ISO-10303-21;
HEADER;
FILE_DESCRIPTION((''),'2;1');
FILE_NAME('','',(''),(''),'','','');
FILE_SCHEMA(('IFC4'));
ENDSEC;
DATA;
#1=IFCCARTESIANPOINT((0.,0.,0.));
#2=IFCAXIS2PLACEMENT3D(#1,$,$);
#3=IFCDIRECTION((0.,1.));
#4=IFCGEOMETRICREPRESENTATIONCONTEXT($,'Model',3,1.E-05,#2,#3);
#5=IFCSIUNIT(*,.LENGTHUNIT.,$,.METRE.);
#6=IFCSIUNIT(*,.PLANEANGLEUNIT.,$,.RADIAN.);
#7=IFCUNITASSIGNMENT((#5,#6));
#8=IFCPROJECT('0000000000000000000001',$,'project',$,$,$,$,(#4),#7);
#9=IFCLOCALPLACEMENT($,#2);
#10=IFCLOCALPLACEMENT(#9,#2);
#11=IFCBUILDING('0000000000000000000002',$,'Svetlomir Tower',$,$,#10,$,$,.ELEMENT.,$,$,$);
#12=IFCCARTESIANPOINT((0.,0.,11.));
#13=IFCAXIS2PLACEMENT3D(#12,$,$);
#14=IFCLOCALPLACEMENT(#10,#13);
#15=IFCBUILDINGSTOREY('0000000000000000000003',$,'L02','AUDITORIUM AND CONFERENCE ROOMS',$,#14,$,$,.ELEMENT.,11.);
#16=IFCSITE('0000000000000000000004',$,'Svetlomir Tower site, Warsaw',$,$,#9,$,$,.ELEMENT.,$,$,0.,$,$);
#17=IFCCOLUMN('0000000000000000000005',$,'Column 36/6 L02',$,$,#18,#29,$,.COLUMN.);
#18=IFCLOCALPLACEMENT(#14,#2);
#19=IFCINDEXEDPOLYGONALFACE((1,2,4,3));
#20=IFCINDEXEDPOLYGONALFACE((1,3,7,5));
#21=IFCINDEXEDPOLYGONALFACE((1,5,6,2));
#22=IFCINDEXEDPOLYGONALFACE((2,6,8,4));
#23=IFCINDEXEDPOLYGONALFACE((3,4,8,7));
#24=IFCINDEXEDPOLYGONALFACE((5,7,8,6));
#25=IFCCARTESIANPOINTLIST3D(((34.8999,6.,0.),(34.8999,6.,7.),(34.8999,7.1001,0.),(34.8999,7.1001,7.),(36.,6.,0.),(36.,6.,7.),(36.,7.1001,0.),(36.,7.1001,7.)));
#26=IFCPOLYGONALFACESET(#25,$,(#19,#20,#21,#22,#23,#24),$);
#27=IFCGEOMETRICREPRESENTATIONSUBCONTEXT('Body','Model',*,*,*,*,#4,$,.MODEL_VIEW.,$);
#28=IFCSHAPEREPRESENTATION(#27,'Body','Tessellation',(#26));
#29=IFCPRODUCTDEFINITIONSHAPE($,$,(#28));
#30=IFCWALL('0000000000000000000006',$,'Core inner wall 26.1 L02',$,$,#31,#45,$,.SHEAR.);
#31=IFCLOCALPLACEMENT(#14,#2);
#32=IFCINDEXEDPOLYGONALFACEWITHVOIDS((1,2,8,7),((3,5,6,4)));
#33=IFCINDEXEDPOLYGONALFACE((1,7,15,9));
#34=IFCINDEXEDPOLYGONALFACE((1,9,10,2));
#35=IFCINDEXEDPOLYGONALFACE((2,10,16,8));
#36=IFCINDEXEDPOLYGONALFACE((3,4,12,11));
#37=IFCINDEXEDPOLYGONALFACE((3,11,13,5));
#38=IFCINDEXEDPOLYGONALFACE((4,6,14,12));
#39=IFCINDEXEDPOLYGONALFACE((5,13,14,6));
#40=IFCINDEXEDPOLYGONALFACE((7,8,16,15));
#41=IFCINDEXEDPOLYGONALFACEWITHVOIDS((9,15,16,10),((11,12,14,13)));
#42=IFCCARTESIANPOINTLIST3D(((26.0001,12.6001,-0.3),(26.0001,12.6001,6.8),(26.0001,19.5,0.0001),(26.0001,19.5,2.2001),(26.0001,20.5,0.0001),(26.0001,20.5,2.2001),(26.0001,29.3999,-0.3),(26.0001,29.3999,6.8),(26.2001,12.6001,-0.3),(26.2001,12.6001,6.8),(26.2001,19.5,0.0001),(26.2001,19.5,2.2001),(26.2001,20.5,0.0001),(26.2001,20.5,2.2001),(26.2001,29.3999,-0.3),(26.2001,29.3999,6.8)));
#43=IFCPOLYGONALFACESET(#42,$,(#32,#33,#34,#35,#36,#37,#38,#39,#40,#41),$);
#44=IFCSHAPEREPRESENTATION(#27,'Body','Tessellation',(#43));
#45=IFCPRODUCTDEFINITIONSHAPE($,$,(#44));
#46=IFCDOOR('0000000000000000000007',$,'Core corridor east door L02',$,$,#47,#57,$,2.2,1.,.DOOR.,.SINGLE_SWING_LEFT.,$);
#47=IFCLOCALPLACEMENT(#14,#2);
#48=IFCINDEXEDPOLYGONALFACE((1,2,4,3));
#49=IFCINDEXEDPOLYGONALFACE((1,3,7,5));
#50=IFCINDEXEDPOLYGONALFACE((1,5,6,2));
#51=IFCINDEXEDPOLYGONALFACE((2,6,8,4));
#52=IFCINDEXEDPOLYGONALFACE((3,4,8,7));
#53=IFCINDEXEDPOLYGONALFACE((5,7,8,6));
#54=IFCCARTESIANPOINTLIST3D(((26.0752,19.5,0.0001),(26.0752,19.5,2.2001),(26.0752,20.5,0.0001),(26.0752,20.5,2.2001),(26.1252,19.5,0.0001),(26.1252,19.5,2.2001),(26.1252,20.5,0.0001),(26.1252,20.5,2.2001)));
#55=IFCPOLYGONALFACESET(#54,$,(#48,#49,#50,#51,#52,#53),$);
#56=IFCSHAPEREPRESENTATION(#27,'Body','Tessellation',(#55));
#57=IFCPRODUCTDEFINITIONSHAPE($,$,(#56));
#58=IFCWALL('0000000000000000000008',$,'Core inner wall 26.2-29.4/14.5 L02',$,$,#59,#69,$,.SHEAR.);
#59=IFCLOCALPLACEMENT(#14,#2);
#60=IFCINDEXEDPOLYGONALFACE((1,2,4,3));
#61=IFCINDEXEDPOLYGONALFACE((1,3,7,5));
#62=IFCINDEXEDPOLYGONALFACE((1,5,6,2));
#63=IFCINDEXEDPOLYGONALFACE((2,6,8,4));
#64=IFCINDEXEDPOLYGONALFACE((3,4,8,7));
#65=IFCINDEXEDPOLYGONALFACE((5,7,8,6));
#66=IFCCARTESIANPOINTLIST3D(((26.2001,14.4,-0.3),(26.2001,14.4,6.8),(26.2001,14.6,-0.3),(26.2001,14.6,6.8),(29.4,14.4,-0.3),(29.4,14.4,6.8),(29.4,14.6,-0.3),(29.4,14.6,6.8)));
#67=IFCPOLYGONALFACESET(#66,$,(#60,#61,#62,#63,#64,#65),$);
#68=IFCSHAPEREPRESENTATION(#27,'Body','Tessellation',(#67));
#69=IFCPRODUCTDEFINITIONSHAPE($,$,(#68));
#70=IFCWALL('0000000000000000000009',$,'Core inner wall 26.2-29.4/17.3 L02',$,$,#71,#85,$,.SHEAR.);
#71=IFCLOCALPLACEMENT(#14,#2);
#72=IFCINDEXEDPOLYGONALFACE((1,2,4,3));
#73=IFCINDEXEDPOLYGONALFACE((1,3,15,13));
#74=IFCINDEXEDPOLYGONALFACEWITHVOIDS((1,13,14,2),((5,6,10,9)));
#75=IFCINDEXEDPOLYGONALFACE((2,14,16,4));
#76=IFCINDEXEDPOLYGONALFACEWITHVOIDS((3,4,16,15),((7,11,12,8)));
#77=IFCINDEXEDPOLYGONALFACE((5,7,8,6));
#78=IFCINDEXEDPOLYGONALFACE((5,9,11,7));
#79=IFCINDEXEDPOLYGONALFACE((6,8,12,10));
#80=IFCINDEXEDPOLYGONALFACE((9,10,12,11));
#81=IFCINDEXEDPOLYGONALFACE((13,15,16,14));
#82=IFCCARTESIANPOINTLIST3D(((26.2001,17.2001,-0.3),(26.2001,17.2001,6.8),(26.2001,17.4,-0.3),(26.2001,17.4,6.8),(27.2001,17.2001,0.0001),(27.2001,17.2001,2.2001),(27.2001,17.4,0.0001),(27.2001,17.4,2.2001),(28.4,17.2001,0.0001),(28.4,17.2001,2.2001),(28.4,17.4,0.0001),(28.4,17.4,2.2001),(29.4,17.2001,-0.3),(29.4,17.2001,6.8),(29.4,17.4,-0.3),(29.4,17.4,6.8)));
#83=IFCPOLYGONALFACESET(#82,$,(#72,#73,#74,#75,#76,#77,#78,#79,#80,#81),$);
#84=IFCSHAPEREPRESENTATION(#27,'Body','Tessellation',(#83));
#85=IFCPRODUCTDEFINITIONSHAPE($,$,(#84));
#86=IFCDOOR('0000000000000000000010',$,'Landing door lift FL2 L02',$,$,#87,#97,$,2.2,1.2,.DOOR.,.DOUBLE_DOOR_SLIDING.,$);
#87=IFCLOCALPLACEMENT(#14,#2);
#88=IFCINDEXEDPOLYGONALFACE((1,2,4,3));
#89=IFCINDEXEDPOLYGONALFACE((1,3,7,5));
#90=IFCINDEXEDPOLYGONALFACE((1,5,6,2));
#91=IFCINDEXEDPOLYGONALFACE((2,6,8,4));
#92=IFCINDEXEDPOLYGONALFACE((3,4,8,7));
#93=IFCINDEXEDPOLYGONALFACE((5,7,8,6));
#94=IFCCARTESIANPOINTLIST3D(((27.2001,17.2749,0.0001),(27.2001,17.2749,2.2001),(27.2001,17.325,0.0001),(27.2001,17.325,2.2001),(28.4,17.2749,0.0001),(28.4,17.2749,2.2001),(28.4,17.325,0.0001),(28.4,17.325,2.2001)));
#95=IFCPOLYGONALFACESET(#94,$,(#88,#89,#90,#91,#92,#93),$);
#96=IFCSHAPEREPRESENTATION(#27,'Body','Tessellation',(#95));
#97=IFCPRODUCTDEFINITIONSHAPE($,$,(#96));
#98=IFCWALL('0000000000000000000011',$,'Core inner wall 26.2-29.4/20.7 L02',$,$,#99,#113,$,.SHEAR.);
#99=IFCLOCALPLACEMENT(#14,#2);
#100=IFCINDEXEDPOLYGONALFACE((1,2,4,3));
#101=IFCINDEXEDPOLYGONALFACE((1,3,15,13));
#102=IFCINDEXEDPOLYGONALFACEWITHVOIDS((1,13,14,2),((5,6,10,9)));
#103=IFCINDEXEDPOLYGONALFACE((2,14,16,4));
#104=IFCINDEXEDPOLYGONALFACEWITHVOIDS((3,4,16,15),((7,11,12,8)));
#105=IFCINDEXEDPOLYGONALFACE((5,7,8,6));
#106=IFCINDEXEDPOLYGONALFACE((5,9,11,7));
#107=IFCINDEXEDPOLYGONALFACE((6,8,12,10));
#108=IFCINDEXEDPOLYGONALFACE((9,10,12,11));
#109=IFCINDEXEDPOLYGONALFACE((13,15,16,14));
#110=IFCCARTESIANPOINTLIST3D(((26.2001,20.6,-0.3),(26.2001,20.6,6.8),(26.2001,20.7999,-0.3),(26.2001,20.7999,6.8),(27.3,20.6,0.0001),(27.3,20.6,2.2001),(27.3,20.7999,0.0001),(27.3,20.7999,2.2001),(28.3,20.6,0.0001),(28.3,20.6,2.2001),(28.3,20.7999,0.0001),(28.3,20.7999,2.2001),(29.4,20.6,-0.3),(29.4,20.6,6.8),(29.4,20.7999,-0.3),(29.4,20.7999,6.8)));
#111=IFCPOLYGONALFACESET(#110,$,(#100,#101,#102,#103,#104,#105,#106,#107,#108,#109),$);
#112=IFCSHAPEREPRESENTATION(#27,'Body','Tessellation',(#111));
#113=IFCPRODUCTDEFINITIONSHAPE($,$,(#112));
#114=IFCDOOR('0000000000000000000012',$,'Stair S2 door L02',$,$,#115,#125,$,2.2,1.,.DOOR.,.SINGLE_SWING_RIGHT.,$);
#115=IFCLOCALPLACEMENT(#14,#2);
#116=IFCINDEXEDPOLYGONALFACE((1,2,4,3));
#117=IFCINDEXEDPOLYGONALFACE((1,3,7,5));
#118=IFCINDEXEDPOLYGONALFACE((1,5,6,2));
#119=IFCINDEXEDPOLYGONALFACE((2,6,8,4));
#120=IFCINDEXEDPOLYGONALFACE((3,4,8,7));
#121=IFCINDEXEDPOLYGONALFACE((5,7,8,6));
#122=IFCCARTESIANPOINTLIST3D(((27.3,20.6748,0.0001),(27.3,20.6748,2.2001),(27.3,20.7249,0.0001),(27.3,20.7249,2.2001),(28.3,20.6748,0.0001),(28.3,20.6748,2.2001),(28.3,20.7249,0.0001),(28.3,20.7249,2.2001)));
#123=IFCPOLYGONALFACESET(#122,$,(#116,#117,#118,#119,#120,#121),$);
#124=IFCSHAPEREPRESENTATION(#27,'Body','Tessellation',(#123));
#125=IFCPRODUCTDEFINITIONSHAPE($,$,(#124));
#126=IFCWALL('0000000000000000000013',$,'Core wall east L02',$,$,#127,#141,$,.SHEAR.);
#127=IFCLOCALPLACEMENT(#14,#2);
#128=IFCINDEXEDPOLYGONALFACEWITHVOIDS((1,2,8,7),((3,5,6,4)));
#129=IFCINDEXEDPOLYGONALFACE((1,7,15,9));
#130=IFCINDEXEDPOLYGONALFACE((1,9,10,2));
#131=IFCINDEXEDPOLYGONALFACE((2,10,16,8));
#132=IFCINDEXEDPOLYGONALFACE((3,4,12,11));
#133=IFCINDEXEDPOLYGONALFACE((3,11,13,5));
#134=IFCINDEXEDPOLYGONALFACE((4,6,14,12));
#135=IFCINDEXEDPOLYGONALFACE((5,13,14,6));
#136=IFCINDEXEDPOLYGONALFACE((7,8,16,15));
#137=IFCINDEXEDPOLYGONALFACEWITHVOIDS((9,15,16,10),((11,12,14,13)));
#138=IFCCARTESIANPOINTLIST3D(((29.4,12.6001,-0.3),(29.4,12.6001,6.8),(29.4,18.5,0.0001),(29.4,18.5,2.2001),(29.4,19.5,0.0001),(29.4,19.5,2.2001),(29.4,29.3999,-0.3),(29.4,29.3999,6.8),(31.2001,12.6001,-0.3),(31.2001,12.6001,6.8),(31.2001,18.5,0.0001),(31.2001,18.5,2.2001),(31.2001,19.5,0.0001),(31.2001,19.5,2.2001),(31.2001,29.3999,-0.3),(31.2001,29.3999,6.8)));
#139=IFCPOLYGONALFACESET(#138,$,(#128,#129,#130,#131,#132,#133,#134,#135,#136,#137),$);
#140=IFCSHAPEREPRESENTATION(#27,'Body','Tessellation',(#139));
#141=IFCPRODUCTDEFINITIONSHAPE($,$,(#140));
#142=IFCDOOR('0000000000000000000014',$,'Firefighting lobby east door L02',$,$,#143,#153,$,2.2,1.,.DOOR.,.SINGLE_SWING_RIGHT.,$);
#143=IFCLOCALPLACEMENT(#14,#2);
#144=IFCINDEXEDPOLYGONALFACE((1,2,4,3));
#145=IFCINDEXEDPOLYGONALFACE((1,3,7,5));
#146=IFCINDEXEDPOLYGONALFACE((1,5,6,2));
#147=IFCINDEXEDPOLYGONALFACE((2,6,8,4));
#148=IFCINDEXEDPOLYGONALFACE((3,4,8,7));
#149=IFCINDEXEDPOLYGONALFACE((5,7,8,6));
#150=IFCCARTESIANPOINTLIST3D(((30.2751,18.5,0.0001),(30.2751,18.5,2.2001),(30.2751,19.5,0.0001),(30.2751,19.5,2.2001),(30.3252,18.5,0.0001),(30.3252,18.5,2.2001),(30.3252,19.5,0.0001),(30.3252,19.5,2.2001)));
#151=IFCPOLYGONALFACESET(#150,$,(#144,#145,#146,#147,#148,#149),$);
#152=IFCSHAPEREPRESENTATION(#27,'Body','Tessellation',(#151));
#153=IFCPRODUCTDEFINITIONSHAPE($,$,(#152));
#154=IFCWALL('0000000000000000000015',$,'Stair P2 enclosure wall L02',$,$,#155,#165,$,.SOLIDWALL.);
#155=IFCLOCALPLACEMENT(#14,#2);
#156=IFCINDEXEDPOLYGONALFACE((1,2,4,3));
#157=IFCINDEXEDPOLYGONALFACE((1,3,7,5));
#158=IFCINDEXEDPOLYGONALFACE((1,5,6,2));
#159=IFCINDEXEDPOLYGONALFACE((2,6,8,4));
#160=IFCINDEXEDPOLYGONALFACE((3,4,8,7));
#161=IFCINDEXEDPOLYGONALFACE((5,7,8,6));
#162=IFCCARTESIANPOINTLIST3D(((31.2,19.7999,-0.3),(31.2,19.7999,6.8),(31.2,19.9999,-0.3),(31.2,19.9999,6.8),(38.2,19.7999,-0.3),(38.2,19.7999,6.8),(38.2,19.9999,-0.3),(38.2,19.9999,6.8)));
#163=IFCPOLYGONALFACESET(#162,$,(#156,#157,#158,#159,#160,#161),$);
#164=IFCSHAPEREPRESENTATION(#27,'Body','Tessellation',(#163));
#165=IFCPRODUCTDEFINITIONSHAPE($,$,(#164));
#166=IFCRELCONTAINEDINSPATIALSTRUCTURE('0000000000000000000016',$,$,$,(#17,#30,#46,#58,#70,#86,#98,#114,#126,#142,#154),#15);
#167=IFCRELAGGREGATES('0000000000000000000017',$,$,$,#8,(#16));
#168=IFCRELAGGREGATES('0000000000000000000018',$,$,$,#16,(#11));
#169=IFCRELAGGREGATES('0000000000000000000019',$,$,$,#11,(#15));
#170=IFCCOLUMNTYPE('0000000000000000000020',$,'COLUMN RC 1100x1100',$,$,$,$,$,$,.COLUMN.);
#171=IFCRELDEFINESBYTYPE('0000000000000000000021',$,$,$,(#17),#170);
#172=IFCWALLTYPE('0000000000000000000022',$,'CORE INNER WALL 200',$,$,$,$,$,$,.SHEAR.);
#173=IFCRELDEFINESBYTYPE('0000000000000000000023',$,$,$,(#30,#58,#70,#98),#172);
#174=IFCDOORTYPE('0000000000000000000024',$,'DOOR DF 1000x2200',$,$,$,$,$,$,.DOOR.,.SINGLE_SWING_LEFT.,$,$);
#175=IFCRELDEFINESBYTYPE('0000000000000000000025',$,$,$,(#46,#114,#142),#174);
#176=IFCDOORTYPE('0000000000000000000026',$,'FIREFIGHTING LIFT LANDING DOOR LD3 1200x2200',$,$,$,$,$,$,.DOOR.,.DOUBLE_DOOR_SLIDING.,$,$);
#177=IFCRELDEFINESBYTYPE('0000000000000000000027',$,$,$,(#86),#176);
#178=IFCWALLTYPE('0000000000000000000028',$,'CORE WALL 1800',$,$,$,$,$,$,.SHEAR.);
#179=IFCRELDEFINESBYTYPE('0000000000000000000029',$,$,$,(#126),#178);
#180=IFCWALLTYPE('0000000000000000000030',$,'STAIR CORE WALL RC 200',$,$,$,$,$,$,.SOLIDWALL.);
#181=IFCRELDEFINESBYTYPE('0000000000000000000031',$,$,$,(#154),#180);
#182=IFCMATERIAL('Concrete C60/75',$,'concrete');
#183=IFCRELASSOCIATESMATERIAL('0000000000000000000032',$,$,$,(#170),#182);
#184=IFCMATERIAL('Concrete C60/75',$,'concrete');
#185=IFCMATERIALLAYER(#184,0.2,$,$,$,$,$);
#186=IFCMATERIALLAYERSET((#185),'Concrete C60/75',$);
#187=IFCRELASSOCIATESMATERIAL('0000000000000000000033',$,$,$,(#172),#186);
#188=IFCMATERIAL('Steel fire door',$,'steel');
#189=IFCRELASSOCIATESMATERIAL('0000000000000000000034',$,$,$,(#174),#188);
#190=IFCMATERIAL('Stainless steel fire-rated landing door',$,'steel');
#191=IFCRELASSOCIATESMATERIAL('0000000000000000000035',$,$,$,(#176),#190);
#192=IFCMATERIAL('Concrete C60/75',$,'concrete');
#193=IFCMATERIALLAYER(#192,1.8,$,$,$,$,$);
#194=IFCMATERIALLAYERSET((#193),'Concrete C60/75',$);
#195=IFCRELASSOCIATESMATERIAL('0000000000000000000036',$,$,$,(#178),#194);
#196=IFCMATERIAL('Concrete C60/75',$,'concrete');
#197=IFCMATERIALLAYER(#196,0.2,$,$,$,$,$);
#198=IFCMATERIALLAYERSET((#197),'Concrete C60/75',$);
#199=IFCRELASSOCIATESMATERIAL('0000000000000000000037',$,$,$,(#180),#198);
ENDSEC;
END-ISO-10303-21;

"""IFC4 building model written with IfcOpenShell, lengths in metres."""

from ifc_helpers import new_model, si_unit, direction, frame, frame_2d, origin, origin_2d, place, context, subcontext, project, spatial, rectangle, extrude, material, layer, layer_set, material_profile, profile_set, type_object, element, fill, save


model = new_model("IFC4")

# Units and contexts
model_context = context("Model", 3, precision=1e-05, world=origin(), true_north=direction((0.0, 1.0)))
body_context = subcontext(model_context, "Body", "Model", "MODEL_VIEW")
ifc_project = project(units=[si_unit("LENGTHUNIT", "METRE"), si_unit("PLANEANGLEUNIT", "RADIAN")], contexts=[model_context])

# Site, building, storey
site_placement = place(None, origin())
site = spatial("IfcSite", under=ifc_project, at=site_placement, Name="Svetlomir Tower site, Warsaw", CompositionType="ELEMENT", RefElevation=0.0)
building_placement = place(site_placement, origin())
building = spatial("IfcBuilding", under=site, at=building_placement, Name="Svetlomir Tower", CompositionType="ELEMENT")
storey_placement = place(building_placement, frame((0.0, 0.0, 11.0)))
storey = spatial("IfcBuildingStorey", under=building, at=storey_placement, Name="L02", Description="AUDITORIUM AND CONFERENCE ROOMS", CompositionType="ELEMENT", Elevation=11.0)

# Column
ifc_material_1 = material(Name="Concrete C60/75", Category="concrete")
ifc_material_profile = material_profile(ifc_material_1, rectangle(XDim=1.1001, YDim=1.1001, at=origin_2d()), Name="RC 1100x1100")
ifc_profile_set = profile_set([ifc_material_profile], Name="Concrete C60/75")
column_type = type_object("IfcColumnType", Name="COLUMN RC 1100x1100", PredefinedType="COLUMN", material=ifc_profile_set)
column_placement = place(storey_placement, frame((35.45, 6.55, 0.0), z_axis=(0.0, 0.0, 1.0), x_axis=(1.0, 0.0, 0.0)))
element("IfcColumn", 1, at=column_placement, inside=storey, type_object=column_type, Name="Column 36/6 L02", PredefinedType="COLUMN", context=body_context, shape_type="SweptSolid", body=[
    extrude(rectangle(XDim=1.1001, YDim=1.1001, at=origin_2d()), origin(), (0.0, 0.0, 1.0), 7.0),
])

# Wall, opening, door
ifc_material_2 = material(Name="Concrete C60/75", Category="concrete")
ifc_layer_1 = layer(ifc_material_2, 0.2)
ifc_layer_set_1 = layer_set([ifc_layer_1], Name="Concrete C60/75")
wall_type_1 = type_object("IfcWallType", Name="CORE INNER WALL 200", PredefinedType="SHEAR", material=ifc_layer_set_1)
wall_1_placement = place(storey_placement, frame((26.1001, 12.6001, -0.3), z_axis=(0.0, 0.0, 1.0), x_axis=(0.0, 1.0, 0.0)))
wall_1 = element("IfcWall", 2, at=wall_1_placement, inside=storey, type_object=wall_type_1, Name="Core inner wall 26.1 L02", PredefinedType="SHEAR", context=body_context, shape_type="SweptSolid", body=[
    extrude(rectangle(XDim=16.7998, YDim=0.2, at=frame_2d((8.3999, 0.0))), origin(), (0.0, 0.0, 1.0), 7.1001),
])
opening_1_placement = place(wall_1_placement, frame((6.8999, 0.0, 0.3)))
opening_1 = element("IfcOpeningElement", 3, at=opening_1_placement, cuts=wall_1, PredefinedType="OPENING", context=body_context, shape_type="SweptSolid", body=[
    extrude(rectangle(XDim=1.0, YDim=2.2, at=frame_2d((0.5, 1.1001))), frame((0.0, 0.1099, 0.0), z_axis=(0.0, -1.0, 0.0), x_axis=(1.0, 0.0, 0.0)), (0.0, 0.0, 1.0), 0.22),
])
ifc_material_3 = material(Name="Steel fire door", Category="steel")
door_type_1 = type_object("IfcDoorType", Name="DOOR DF 1000x2200", OperationType="SINGLE_SWING_LEFT", PredefinedType="DOOR", material=ifc_material_3)
door_1_placement = place(opening_1_placement, origin())
door_1 = element("IfcDoor", 4, at=door_1_placement, inside=storey, type_object=door_type_1, Name="Core corridor east door L02", OperationType="SINGLE_SWING_LEFT", OverallHeight=2.2, OverallWidth=1.0, PredefinedType="DOOR", context=body_context, shape_type="SweptSolid", body=[
    extrude(rectangle(XDim=1.0, YDim=2.2, at=frame_2d((0.5, 1.1001))), frame((0.0, 0.0249, 0.0), z_axis=(0.0, -1.0, 0.0), x_axis=(1.0, 0.0, 0.0)), (0.0, 0.0, 1.0), 0.05),
])
fill(opening_1, door_1)

# Wall
wall_2_placement = place(storey_placement, frame((26.2, 14.5, -0.3), z_axis=(0.0, 0.0, 1.0), x_axis=(1.0, 0.0, 0.0)))
element("IfcWall", 5, at=wall_2_placement, inside=storey, type_object=wall_type_1, Name="Core inner wall 26.2-29.4/14.5 L02", PredefinedType="SHEAR", context=body_context, shape_type="SweptSolid", body=[
    extrude(rectangle(XDim=3.2, YDim=0.2, at=frame_2d((1.6001, 0.0))), origin(), (0.0, 0.0, 1.0), 7.1001),
])

# Walls, openings, doors
wall_3_placement = place(storey_placement, frame((26.2, 17.3, -0.3), z_axis=(0.0, 0.0, 1.0), x_axis=(1.0, 0.0, 0.0)))
wall_3 = element("IfcWall", 6, at=wall_3_placement, inside=storey, type_object=wall_type_1, Name="Core inner wall 26.2-29.4/17.3 L02", PredefinedType="SHEAR", context=body_context, shape_type="SweptSolid", body=[
    extrude(rectangle(XDim=3.2, YDim=0.2, at=frame_2d((1.6001, 0.0))), origin(), (0.0, 0.0, 1.0), 7.1001),
])
opening_2_placement = place(wall_3_placement, frame((1.0, 0.0, 0.3)))
opening_2 = element("IfcOpeningElement", 7, at=opening_2_placement, cuts=wall_3, PredefinedType="OPENING", context=body_context, shape_type="SweptSolid", body=[
    extrude(rectangle(XDim=1.2, YDim=2.2, at=frame_2d((0.6001, 1.1001))), frame((0.0, 0.1099, 0.0), z_axis=(0.0, -1.0, 0.0), x_axis=(1.0, 0.0, 0.0)), (0.0, 0.0, 1.0), 0.22),
])
ifc_material_4 = material(Name="Stainless steel fire-rated landing door", Category="steel")
door_type_2 = type_object("IfcDoorType", Name="FIREFIGHTING LIFT LANDING DOOR LD3 1200x2200", OperationType="DOUBLE_DOOR_SLIDING", PredefinedType="DOOR", material=ifc_material_4)
door_2_placement = place(opening_2_placement, origin())
door_2 = element("IfcDoor", 8, at=door_2_placement, inside=storey, type_object=door_type_2, Name="Landing door lift FL2 L02", OperationType="DOUBLE_DOOR_SLIDING", OverallHeight=2.2, OverallWidth=1.2, PredefinedType="DOOR", context=body_context, shape_type="SweptSolid", body=[
    extrude(rectangle(XDim=1.2, YDim=2.2, at=frame_2d((0.6001, 1.1001))), frame((0.0, 0.0249, 0.0), z_axis=(0.0, -1.0, 0.0), x_axis=(1.0, 0.0, 0.0)), (0.0, 0.0, 1.0), 0.05),
])
fill(opening_2, door_2)
wall_4_placement = place(storey_placement, frame((26.2, 20.7, -0.3), z_axis=(0.0, 0.0, 1.0), x_axis=(1.0, 0.0, 0.0)))
wall_4 = element("IfcWall", 9, at=wall_4_placement, inside=storey, type_object=wall_type_1, Name="Core inner wall 26.2-29.4/20.7 L02", PredefinedType="SHEAR", context=body_context, shape_type="SweptSolid", body=[
    extrude(rectangle(XDim=3.2, YDim=0.2, at=frame_2d((1.6001, 0.0))), origin(), (0.0, 0.0, 1.0), 7.1001),
])
opening_3_placement = place(wall_4_placement, frame((1.1001, 0.0, 0.3)))
opening_3 = element("IfcOpeningElement", 10, at=opening_3_placement, cuts=wall_4, PredefinedType="OPENING", context=body_context, shape_type="SweptSolid", body=[
    extrude(rectangle(XDim=1.0, YDim=2.2, at=frame_2d((0.5, 1.1001))), frame((0.0, 0.1099, 0.0), z_axis=(0.0, -1.0, 0.0), x_axis=(1.0, 0.0, 0.0)), (0.0, 0.0, 1.0), 0.22),
])
door_3_placement = place(opening_3_placement, origin())
door_3 = element("IfcDoor", 11, at=door_3_placement, inside=storey, type_object=door_type_1, Name="Stair S2 door L02", OperationType="SINGLE_SWING_RIGHT", OverallHeight=2.2, OverallWidth=1.0, PredefinedType="DOOR", context=body_context, shape_type="SweptSolid", body=[
    extrude(rectangle(XDim=1.0, YDim=2.2, at=frame_2d((0.5, 1.1001))), frame((0.0, 0.0249, 0.0), z_axis=(0.0, -1.0, 0.0), x_axis=(1.0, 0.0, 0.0)), (0.0, 0.0, 1.0), 0.05),
])
fill(opening_3, door_3)
ifc_material_5 = material(Name="Concrete C60/75", Category="concrete")
ifc_layer_2 = layer(ifc_material_5, 1.8)
ifc_layer_set_2 = layer_set([ifc_layer_2], Name="Concrete C60/75")
wall_type_2 = type_object("IfcWallType", Name="CORE WALL 1800", PredefinedType="SHEAR", material=ifc_layer_set_2)
wall_5_placement = place(storey_placement, frame((30.3, 12.6001, -0.3), z_axis=(0.0, 0.0, 1.0), x_axis=(0.0, 1.0, 0.0)))
wall_5 = element("IfcWall", 12, at=wall_5_placement, inside=storey, type_object=wall_type_2, Name="Core wall east L02", PredefinedType="SHEAR", context=body_context, shape_type="SweptSolid", body=[
    extrude(rectangle(XDim=16.7998, YDim=1.8, at=frame_2d((8.3999, 0.0))), origin(), (0.0, 0.0, 1.0), 7.1001),
])
opening_4_placement = place(wall_5_placement, frame((5.8999, 0.0, 0.3)))
opening_4 = element("IfcOpeningElement", 13, at=opening_4_placement, cuts=wall_5, PredefinedType="OPENING", context=body_context, shape_type="SweptSolid", body=[
    extrude(rectangle(XDim=1.0, YDim=2.2, at=frame_2d((0.5, 1.1001))), frame((0.0, 0.9102, 0.0), z_axis=(0.0, -1.0, 0.0), x_axis=(1.0, 0.0, 0.0)), (0.0, 0.0, 1.0), 1.8201),
])
door_4_placement = place(opening_4_placement, origin())
door_4 = element("IfcDoor", 14, at=door_4_placement, inside=storey, type_object=door_type_1, Name="Firefighting lobby east door L02", OperationType="SINGLE_SWING_RIGHT", OverallHeight=2.2, OverallWidth=1.0, PredefinedType="DOOR", context=body_context, shape_type="SweptSolid", body=[
    extrude(rectangle(XDim=1.0, YDim=2.2, at=frame_2d((0.5, 1.1001))), frame((0.0, 0.0249, 0.0), z_axis=(0.0, -1.0, 0.0), x_axis=(1.0, 0.0, 0.0)), (0.0, 0.0, 1.0), 0.05),
])
fill(opening_4, door_4)

# Wall
ifc_material_6 = material(Name="Concrete C60/75", Category="concrete")
ifc_layer_3 = layer(ifc_material_6, 0.2)
ifc_layer_set_3 = layer_set([ifc_layer_3], Name="Concrete C60/75")
wall_type_3 = type_object("IfcWallType", Name="STAIR CORE WALL RC 200", PredefinedType="SOLIDWALL", material=ifc_layer_set_3)
wall_6_placement = place(storey_placement, frame((31.2, 19.8999, -0.3), z_axis=(0.0, 0.0, 1.0), x_axis=(1.0, 0.0, 0.0)))
element("IfcWall", 15, at=wall_6_placement, inside=storey, type_object=wall_type_3, Name="Stair P2 enclosure wall L02", PredefinedType="SOLIDWALL", context=body_context, shape_type="SweptSolid", body=[
    extrude(rectangle(XDim=7.0, YDim=0.2, at=frame_2d((3.5, 0.0))), origin(), (0.0, 0.0, 1.0), 7.1001),
])

save(model, "model.ifc")
